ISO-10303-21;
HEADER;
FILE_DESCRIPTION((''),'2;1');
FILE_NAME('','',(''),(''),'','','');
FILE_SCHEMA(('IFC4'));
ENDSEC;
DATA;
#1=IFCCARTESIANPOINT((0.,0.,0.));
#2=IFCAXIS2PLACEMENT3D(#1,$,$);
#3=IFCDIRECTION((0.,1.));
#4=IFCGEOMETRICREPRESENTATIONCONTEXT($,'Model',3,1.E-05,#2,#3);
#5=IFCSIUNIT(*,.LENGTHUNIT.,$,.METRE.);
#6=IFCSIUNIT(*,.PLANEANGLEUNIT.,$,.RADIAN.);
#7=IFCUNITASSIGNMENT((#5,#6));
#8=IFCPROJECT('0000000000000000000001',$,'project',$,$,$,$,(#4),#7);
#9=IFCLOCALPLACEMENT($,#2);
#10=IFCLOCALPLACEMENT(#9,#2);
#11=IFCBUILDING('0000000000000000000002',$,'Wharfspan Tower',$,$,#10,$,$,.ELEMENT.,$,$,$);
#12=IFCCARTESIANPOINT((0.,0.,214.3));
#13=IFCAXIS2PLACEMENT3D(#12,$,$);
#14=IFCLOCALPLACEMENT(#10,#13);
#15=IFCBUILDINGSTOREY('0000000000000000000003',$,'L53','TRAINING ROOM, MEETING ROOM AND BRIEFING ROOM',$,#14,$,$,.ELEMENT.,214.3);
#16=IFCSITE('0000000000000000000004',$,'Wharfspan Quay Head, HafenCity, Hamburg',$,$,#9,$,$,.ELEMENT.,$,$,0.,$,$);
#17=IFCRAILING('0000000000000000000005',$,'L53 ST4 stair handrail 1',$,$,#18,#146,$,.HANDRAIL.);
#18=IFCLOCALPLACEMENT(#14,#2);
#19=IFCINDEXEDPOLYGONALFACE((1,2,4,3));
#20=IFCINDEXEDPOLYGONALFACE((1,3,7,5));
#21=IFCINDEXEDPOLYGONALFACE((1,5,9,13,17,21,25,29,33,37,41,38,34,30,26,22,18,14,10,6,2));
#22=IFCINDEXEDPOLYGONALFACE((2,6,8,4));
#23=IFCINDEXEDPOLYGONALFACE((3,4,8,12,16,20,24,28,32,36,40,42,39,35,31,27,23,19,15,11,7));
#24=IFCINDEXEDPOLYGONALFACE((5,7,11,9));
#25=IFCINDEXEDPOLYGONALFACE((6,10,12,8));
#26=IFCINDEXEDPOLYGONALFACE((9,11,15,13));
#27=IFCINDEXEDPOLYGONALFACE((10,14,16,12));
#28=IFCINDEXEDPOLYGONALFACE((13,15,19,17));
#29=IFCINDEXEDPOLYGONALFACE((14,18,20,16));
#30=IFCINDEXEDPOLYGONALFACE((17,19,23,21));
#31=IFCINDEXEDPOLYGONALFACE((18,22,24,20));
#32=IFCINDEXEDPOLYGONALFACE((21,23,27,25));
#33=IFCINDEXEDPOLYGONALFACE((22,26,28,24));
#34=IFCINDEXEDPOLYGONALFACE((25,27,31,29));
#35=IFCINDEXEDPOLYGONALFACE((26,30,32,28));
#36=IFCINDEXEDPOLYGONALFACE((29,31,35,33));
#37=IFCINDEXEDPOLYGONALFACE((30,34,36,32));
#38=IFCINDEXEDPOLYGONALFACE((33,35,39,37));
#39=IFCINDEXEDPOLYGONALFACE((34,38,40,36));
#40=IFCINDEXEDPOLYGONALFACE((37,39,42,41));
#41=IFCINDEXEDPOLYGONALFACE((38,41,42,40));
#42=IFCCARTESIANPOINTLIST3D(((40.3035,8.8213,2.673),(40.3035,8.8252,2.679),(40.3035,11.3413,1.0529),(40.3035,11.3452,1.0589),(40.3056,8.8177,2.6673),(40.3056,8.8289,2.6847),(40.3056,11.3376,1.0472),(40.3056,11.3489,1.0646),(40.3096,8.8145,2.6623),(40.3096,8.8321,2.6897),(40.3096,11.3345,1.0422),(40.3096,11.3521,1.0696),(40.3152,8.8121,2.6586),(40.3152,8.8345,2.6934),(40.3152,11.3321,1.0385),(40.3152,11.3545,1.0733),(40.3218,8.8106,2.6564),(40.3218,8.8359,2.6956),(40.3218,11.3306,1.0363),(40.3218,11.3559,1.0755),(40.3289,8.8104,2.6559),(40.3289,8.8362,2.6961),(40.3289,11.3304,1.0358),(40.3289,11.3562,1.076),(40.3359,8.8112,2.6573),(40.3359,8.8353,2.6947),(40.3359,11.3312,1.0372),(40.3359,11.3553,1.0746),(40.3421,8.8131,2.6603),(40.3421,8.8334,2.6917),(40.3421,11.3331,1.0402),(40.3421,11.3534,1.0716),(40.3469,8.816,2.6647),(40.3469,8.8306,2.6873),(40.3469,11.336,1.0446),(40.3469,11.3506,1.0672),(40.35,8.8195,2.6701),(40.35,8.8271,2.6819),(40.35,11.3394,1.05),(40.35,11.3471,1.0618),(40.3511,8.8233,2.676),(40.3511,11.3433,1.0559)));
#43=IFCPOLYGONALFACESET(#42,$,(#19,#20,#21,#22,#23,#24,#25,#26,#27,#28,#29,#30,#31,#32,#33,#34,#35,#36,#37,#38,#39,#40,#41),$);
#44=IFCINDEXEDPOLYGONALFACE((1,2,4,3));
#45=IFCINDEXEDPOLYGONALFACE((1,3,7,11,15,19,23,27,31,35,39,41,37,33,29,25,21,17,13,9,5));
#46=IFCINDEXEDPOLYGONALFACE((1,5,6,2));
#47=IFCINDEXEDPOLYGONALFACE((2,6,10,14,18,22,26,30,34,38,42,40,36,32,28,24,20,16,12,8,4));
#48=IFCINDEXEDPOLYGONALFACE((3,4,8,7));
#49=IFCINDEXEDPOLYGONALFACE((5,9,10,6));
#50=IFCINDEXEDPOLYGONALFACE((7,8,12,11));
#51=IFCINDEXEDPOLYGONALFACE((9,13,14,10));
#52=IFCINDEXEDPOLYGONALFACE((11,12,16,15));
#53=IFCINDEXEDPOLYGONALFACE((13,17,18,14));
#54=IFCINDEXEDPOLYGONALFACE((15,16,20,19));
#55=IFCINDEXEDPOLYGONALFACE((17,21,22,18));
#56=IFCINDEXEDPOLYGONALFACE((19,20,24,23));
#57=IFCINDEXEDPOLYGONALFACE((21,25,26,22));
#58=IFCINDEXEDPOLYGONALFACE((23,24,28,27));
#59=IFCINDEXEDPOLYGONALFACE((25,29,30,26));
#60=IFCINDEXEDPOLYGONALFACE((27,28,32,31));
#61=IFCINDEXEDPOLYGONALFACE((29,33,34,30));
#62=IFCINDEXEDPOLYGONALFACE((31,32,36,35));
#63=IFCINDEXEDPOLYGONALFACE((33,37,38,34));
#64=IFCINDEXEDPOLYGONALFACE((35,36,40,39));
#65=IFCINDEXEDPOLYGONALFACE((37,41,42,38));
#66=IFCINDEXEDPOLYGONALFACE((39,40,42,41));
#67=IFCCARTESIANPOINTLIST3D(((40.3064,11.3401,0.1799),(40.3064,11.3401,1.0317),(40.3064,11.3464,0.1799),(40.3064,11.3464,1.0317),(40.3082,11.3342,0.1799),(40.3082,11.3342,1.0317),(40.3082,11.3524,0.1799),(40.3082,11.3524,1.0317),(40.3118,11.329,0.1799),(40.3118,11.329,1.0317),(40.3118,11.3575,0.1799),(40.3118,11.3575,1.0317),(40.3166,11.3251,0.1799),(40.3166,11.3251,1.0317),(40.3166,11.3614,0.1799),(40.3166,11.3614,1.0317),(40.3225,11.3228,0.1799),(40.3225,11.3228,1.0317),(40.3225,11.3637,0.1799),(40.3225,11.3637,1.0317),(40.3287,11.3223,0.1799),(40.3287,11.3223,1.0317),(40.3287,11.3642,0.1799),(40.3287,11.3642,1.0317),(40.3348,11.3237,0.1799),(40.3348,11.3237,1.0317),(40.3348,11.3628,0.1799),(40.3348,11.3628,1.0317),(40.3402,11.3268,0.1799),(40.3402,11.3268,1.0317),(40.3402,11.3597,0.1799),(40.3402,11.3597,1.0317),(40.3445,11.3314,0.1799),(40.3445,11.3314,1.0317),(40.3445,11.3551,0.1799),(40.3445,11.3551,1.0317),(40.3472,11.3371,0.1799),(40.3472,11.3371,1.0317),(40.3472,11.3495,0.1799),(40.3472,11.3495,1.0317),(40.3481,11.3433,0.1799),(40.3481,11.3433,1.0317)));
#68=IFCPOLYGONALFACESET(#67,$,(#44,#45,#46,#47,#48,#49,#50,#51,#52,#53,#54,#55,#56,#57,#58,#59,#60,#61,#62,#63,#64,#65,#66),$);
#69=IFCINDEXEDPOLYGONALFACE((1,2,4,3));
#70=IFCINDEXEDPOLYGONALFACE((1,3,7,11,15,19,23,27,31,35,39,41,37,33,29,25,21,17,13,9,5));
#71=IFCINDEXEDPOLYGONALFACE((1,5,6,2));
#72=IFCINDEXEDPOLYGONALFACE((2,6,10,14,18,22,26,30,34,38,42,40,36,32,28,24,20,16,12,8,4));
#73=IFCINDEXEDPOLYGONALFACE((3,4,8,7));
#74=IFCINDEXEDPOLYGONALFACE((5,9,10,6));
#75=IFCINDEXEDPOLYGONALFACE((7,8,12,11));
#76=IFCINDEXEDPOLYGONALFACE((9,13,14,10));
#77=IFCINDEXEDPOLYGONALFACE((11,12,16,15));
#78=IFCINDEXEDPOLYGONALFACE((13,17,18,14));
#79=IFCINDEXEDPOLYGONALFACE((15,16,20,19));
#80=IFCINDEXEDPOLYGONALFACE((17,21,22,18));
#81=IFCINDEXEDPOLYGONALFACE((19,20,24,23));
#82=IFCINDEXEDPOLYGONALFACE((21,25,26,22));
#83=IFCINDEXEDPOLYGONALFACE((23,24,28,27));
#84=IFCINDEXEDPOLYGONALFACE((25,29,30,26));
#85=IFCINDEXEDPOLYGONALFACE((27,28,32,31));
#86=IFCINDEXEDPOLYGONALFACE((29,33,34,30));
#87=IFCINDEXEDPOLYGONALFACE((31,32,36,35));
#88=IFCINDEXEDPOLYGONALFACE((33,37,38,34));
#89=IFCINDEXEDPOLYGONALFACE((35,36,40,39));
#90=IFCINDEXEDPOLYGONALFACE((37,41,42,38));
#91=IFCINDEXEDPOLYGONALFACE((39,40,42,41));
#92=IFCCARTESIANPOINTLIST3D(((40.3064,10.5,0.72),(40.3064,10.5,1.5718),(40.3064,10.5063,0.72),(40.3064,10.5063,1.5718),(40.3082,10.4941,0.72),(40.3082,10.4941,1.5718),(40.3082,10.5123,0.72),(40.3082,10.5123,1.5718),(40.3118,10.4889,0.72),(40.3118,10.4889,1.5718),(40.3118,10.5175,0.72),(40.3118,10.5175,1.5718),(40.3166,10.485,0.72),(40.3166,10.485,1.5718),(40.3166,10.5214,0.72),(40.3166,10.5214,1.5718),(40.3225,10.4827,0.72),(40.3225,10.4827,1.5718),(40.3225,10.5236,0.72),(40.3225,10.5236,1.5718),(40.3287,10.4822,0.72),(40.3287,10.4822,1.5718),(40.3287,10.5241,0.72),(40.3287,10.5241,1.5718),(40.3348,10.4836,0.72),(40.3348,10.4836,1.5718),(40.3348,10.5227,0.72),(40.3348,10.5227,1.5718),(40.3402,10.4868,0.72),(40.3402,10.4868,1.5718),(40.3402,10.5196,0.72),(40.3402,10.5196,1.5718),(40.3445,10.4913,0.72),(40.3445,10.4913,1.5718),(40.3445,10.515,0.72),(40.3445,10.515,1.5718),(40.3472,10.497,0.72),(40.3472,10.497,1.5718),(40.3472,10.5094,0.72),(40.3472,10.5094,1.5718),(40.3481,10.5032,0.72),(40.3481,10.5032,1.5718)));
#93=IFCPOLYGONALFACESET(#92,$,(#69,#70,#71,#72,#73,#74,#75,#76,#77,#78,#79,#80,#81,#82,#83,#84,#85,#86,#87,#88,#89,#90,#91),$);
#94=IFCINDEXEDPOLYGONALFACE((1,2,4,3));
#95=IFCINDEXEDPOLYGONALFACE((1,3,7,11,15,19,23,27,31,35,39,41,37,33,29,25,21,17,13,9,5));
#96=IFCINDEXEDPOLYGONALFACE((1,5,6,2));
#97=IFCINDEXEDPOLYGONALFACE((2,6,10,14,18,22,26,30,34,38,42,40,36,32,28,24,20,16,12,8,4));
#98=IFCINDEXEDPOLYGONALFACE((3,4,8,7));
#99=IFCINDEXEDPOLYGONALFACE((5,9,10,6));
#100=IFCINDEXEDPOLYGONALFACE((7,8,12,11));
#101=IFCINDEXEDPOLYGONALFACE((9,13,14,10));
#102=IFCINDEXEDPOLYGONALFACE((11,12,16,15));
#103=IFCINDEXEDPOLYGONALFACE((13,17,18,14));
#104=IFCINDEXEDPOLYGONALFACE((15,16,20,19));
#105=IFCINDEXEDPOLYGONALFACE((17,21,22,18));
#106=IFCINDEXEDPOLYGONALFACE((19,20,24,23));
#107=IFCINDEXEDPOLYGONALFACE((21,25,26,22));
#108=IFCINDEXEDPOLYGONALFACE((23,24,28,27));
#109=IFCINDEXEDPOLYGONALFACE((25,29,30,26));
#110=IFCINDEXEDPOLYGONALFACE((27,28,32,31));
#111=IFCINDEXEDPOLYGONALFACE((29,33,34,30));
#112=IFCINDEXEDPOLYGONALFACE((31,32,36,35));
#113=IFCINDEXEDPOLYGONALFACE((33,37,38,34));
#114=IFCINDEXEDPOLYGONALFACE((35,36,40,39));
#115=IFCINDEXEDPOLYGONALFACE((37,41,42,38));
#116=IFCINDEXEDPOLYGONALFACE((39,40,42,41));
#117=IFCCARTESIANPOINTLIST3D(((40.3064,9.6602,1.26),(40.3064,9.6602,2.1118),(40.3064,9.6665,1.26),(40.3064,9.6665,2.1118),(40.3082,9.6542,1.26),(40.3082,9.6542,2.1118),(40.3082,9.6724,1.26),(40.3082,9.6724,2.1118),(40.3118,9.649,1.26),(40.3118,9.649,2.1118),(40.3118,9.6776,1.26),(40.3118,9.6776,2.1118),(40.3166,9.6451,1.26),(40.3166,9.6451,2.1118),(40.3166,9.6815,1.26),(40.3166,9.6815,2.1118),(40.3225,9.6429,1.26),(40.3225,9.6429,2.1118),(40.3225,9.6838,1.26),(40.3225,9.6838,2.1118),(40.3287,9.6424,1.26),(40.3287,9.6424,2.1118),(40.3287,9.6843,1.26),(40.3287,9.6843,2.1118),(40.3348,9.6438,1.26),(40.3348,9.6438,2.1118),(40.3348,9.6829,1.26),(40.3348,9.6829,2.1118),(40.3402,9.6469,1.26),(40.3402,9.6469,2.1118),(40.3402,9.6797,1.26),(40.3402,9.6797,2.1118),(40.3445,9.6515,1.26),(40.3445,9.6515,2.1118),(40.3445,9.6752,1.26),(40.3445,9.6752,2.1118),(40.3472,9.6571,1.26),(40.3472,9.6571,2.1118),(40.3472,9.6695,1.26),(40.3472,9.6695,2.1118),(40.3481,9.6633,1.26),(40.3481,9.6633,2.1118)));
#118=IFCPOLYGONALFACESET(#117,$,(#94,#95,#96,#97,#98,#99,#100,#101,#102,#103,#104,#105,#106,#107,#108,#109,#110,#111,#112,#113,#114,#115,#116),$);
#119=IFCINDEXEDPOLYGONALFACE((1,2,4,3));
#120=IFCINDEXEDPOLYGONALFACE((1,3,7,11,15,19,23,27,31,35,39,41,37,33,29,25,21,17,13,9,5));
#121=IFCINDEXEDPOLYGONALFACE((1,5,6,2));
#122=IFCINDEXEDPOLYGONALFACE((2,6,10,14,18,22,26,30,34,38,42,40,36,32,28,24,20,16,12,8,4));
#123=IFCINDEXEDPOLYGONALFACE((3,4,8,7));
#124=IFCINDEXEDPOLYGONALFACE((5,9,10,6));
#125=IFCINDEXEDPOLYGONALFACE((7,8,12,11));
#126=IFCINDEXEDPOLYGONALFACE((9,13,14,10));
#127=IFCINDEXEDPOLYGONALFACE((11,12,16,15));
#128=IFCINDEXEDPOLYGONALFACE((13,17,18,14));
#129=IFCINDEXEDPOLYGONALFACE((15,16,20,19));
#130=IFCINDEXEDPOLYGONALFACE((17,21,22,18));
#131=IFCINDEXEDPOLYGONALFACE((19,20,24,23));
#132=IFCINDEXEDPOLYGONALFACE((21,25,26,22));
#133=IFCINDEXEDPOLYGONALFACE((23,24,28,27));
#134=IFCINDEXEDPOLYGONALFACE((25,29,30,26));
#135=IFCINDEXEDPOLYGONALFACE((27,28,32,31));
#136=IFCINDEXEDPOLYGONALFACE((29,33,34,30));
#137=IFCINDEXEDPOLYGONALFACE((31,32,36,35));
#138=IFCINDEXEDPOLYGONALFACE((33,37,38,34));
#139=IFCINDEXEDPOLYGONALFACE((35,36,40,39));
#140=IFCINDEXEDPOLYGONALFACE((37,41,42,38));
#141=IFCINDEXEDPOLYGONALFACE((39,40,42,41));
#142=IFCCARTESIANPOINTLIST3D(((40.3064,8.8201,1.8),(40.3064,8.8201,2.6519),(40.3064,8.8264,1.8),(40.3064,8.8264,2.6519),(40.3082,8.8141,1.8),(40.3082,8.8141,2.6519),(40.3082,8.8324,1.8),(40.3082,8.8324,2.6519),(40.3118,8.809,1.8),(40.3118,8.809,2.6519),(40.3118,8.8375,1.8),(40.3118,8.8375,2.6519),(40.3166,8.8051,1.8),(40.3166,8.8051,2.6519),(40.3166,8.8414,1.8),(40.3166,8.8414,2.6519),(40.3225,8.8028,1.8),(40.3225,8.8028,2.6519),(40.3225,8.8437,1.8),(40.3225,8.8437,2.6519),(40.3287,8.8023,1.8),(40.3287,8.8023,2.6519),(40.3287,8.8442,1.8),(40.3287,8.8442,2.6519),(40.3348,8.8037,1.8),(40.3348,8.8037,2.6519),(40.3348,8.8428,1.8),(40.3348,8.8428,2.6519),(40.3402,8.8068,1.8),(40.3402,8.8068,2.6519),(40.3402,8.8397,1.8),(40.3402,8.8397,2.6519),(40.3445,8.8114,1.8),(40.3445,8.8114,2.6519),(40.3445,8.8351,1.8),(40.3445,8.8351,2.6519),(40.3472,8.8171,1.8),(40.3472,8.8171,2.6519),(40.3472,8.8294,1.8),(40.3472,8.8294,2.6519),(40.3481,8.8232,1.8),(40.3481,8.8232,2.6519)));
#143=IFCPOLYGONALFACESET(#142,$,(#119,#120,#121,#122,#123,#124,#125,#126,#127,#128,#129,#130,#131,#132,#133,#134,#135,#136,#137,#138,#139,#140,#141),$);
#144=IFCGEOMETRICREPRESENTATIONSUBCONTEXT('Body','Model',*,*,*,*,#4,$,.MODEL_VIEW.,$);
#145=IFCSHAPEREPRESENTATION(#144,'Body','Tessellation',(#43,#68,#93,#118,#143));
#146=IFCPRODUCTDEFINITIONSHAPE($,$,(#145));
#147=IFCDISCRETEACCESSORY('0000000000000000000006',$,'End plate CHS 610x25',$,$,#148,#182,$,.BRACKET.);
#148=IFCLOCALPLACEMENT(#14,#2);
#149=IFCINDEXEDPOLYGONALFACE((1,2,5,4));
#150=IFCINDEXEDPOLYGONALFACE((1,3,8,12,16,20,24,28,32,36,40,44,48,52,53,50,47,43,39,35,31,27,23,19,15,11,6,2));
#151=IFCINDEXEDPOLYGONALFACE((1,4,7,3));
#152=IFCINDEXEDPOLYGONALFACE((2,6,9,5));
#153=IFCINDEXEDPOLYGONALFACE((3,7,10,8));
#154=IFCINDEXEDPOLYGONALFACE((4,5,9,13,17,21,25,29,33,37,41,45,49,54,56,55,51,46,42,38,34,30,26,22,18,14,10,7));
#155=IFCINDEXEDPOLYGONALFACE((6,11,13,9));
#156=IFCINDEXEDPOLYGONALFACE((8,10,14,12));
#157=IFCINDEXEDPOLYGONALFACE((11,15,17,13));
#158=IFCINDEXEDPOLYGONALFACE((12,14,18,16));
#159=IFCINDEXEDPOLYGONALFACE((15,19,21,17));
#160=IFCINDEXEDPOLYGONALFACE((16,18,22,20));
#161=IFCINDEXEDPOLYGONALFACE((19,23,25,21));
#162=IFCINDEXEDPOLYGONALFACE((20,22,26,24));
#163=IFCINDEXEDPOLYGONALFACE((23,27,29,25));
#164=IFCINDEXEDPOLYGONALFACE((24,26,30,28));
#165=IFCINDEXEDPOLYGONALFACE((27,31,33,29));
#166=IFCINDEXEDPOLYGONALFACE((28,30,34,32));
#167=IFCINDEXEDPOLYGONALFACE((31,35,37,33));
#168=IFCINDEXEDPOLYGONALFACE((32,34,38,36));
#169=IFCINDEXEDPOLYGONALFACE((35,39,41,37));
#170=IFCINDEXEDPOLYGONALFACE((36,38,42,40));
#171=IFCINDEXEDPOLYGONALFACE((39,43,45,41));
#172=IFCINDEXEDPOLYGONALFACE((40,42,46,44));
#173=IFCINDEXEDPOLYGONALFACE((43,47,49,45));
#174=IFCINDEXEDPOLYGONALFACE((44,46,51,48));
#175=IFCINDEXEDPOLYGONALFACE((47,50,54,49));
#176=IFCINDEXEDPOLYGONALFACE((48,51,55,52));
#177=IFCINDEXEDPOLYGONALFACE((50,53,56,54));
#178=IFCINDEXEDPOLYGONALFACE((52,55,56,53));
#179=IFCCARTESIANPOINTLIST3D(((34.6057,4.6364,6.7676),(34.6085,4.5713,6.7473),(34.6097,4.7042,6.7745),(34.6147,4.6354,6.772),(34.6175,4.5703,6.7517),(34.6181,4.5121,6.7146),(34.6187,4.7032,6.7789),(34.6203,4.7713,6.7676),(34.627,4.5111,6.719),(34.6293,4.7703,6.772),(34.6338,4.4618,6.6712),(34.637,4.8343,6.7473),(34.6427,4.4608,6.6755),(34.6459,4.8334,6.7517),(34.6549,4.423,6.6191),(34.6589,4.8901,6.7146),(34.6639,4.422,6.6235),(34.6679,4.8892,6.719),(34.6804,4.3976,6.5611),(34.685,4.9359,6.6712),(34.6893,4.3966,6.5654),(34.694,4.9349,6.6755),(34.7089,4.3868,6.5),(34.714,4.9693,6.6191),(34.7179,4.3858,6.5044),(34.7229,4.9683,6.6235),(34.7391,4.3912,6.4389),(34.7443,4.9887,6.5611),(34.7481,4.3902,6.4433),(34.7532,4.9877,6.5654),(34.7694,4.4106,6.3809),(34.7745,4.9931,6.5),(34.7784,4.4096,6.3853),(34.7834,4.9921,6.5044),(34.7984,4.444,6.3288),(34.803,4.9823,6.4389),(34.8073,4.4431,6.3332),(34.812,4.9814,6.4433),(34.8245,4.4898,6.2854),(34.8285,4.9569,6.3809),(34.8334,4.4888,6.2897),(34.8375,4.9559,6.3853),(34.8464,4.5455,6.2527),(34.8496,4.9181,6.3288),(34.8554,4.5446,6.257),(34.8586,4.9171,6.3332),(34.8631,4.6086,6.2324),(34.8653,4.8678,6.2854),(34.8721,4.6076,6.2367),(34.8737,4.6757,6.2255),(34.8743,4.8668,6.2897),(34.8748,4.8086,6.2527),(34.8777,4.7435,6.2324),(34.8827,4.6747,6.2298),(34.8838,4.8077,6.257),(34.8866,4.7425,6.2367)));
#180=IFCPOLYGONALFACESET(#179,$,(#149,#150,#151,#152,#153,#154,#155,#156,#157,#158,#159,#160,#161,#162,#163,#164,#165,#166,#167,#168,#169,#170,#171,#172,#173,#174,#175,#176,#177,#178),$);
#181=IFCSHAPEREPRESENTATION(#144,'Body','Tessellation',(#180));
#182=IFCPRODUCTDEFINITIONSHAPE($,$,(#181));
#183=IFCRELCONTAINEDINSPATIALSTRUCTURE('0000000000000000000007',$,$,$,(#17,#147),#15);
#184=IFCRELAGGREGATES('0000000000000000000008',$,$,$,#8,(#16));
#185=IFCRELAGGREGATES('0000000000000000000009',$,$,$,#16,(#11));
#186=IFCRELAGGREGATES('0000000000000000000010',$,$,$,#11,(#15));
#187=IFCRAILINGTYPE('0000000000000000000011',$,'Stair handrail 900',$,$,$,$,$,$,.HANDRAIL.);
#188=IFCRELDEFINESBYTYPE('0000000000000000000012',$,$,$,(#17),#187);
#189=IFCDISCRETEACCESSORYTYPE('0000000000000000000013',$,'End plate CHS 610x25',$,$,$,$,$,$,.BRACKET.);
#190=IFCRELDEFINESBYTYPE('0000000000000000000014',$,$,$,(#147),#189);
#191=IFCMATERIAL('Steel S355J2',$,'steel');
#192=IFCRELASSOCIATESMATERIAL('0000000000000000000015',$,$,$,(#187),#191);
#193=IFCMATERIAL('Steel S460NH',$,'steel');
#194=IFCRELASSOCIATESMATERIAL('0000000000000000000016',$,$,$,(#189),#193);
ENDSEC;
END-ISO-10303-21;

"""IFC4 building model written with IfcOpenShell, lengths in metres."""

from ifc_helpers import new_model, si_unit, direction, frame, origin, origin_2d, place, context, subcontext, project, spatial, circle, extrude, material, material_profile, profile_set, type_object, element, save


model = new_model("IFC4")

# Units and contexts
model_context = context("Model", 3, precision=1e-05, world=origin(), true_north=direction((0.0, 1.0)))
body_context = subcontext(model_context, "Body", "Model", "MODEL_VIEW")
ifc_project = project(units=[si_unit("LENGTHUNIT", "METRE"), si_unit("PLANEANGLEUNIT", "RADIAN")], contexts=[model_context])

# Site, building, storey
site_placement = place(None, origin())
site = spatial("IfcSite", under=ifc_project, at=site_placement, Name="Wharfspan Quay Head, HafenCity, Hamburg", CompositionType="ELEMENT", RefElevation=0.0)
building_placement = place(site_placement, origin())
building = spatial("IfcBuilding", under=site, at=building_placement, Name="Wharfspan Tower", CompositionType="ELEMENT")
storey_placement = place(building_placement, frame((0.0, 0.0, 214.3)))
storey = spatial("IfcBuildingStorey", under=building, at=storey_placement, Name="L53", Description="TRAINING ROOM, MEETING ROOM AND BRIEFING ROOM", CompositionType="ELEMENT", Elevation=214.3)

# Shared definitions
ifc_material_1 = material(Name="Steel S355J2", Category="steel")

# Railing
railing_type_1 = type_object("IfcRailingType", Name="Stair handrail 900", PredefinedType="HANDRAIL", material=ifc_material_1)
railing_1_placement = place(storey_placement, frame((40.3271, 11.3433, 0.1799)))
element("IfcRailing", 1, at=railing_1_placement, inside=storey, type_object=railing_type_1, Name="L53 ST4 stair handrail 1", PredefinedType="HANDRAIL", context=body_context, shape_type="SweptSolid", body=[
    extrude(circle(Radius=0.0239, at=origin_2d()), frame((0.0, 0.0, 0.876), z_axis=(0.0, -0.841163, 0.540782), x_axis=(1.0, 0.0, 0.0)), (0.0, 0.0, 1.0), 2.9958),
    extrude(circle(Radius=0.021, at=origin_2d()), origin(), (0.0, 0.0, 1.0), 0.8518),
    extrude(circle(Radius=0.021, at=origin_2d()), frame((0.0, -0.8401, 0.54)), (0.0, 0.0, 1.0), 0.8518),
    extrude(circle(Radius=0.021, at=origin_2d()), frame((0.0, -1.6799, 1.0801)), (0.0, 0.0, 1.0), 0.8518),
    extrude(circle(Radius=0.021, at=origin_2d()), frame((0.0, -2.52, 1.6201)), (0.0, 0.0, 1.0), 0.8518),
])

# Discrete accessory
ifc_material_2 = material(Name="Steel S460NH", Category="steel")
ifc_material_profile_1 = material_profile(ifc_material_2, circle(Radius=0.3049, at=origin_2d()))
ifc_profile_set_1 = profile_set([ifc_material_profile_1], Name="Steel S460NH")
discrete_accessory_type = type_object("IfcDiscreteAccessoryType", Name="End plate CHS 610x25", PredefinedType="BRACKET", material=ifc_profile_set_1)
discrete_accessory_placement = place(storey_placement, frame((34.7417, 4.6899, 6.5), z_axis=(0.895016, -0.096758, 0.435413), x_axis=(0.107482, 0.994209, -0.000001)))
element("IfcDiscreteAccessory", 2, at=discrete_accessory_placement, inside=storey, type_object=discrete_accessory_type, Name="End plate CHS 610x25", PredefinedType="BRACKET", context=body_context, shape_type="SweptSolid", body=[
    extrude(circle(Radius=0.3049, at=origin_2d()), origin(), (0.0, 0.0, 1.0), 0.01),
])

save(model, "model.ifc")
